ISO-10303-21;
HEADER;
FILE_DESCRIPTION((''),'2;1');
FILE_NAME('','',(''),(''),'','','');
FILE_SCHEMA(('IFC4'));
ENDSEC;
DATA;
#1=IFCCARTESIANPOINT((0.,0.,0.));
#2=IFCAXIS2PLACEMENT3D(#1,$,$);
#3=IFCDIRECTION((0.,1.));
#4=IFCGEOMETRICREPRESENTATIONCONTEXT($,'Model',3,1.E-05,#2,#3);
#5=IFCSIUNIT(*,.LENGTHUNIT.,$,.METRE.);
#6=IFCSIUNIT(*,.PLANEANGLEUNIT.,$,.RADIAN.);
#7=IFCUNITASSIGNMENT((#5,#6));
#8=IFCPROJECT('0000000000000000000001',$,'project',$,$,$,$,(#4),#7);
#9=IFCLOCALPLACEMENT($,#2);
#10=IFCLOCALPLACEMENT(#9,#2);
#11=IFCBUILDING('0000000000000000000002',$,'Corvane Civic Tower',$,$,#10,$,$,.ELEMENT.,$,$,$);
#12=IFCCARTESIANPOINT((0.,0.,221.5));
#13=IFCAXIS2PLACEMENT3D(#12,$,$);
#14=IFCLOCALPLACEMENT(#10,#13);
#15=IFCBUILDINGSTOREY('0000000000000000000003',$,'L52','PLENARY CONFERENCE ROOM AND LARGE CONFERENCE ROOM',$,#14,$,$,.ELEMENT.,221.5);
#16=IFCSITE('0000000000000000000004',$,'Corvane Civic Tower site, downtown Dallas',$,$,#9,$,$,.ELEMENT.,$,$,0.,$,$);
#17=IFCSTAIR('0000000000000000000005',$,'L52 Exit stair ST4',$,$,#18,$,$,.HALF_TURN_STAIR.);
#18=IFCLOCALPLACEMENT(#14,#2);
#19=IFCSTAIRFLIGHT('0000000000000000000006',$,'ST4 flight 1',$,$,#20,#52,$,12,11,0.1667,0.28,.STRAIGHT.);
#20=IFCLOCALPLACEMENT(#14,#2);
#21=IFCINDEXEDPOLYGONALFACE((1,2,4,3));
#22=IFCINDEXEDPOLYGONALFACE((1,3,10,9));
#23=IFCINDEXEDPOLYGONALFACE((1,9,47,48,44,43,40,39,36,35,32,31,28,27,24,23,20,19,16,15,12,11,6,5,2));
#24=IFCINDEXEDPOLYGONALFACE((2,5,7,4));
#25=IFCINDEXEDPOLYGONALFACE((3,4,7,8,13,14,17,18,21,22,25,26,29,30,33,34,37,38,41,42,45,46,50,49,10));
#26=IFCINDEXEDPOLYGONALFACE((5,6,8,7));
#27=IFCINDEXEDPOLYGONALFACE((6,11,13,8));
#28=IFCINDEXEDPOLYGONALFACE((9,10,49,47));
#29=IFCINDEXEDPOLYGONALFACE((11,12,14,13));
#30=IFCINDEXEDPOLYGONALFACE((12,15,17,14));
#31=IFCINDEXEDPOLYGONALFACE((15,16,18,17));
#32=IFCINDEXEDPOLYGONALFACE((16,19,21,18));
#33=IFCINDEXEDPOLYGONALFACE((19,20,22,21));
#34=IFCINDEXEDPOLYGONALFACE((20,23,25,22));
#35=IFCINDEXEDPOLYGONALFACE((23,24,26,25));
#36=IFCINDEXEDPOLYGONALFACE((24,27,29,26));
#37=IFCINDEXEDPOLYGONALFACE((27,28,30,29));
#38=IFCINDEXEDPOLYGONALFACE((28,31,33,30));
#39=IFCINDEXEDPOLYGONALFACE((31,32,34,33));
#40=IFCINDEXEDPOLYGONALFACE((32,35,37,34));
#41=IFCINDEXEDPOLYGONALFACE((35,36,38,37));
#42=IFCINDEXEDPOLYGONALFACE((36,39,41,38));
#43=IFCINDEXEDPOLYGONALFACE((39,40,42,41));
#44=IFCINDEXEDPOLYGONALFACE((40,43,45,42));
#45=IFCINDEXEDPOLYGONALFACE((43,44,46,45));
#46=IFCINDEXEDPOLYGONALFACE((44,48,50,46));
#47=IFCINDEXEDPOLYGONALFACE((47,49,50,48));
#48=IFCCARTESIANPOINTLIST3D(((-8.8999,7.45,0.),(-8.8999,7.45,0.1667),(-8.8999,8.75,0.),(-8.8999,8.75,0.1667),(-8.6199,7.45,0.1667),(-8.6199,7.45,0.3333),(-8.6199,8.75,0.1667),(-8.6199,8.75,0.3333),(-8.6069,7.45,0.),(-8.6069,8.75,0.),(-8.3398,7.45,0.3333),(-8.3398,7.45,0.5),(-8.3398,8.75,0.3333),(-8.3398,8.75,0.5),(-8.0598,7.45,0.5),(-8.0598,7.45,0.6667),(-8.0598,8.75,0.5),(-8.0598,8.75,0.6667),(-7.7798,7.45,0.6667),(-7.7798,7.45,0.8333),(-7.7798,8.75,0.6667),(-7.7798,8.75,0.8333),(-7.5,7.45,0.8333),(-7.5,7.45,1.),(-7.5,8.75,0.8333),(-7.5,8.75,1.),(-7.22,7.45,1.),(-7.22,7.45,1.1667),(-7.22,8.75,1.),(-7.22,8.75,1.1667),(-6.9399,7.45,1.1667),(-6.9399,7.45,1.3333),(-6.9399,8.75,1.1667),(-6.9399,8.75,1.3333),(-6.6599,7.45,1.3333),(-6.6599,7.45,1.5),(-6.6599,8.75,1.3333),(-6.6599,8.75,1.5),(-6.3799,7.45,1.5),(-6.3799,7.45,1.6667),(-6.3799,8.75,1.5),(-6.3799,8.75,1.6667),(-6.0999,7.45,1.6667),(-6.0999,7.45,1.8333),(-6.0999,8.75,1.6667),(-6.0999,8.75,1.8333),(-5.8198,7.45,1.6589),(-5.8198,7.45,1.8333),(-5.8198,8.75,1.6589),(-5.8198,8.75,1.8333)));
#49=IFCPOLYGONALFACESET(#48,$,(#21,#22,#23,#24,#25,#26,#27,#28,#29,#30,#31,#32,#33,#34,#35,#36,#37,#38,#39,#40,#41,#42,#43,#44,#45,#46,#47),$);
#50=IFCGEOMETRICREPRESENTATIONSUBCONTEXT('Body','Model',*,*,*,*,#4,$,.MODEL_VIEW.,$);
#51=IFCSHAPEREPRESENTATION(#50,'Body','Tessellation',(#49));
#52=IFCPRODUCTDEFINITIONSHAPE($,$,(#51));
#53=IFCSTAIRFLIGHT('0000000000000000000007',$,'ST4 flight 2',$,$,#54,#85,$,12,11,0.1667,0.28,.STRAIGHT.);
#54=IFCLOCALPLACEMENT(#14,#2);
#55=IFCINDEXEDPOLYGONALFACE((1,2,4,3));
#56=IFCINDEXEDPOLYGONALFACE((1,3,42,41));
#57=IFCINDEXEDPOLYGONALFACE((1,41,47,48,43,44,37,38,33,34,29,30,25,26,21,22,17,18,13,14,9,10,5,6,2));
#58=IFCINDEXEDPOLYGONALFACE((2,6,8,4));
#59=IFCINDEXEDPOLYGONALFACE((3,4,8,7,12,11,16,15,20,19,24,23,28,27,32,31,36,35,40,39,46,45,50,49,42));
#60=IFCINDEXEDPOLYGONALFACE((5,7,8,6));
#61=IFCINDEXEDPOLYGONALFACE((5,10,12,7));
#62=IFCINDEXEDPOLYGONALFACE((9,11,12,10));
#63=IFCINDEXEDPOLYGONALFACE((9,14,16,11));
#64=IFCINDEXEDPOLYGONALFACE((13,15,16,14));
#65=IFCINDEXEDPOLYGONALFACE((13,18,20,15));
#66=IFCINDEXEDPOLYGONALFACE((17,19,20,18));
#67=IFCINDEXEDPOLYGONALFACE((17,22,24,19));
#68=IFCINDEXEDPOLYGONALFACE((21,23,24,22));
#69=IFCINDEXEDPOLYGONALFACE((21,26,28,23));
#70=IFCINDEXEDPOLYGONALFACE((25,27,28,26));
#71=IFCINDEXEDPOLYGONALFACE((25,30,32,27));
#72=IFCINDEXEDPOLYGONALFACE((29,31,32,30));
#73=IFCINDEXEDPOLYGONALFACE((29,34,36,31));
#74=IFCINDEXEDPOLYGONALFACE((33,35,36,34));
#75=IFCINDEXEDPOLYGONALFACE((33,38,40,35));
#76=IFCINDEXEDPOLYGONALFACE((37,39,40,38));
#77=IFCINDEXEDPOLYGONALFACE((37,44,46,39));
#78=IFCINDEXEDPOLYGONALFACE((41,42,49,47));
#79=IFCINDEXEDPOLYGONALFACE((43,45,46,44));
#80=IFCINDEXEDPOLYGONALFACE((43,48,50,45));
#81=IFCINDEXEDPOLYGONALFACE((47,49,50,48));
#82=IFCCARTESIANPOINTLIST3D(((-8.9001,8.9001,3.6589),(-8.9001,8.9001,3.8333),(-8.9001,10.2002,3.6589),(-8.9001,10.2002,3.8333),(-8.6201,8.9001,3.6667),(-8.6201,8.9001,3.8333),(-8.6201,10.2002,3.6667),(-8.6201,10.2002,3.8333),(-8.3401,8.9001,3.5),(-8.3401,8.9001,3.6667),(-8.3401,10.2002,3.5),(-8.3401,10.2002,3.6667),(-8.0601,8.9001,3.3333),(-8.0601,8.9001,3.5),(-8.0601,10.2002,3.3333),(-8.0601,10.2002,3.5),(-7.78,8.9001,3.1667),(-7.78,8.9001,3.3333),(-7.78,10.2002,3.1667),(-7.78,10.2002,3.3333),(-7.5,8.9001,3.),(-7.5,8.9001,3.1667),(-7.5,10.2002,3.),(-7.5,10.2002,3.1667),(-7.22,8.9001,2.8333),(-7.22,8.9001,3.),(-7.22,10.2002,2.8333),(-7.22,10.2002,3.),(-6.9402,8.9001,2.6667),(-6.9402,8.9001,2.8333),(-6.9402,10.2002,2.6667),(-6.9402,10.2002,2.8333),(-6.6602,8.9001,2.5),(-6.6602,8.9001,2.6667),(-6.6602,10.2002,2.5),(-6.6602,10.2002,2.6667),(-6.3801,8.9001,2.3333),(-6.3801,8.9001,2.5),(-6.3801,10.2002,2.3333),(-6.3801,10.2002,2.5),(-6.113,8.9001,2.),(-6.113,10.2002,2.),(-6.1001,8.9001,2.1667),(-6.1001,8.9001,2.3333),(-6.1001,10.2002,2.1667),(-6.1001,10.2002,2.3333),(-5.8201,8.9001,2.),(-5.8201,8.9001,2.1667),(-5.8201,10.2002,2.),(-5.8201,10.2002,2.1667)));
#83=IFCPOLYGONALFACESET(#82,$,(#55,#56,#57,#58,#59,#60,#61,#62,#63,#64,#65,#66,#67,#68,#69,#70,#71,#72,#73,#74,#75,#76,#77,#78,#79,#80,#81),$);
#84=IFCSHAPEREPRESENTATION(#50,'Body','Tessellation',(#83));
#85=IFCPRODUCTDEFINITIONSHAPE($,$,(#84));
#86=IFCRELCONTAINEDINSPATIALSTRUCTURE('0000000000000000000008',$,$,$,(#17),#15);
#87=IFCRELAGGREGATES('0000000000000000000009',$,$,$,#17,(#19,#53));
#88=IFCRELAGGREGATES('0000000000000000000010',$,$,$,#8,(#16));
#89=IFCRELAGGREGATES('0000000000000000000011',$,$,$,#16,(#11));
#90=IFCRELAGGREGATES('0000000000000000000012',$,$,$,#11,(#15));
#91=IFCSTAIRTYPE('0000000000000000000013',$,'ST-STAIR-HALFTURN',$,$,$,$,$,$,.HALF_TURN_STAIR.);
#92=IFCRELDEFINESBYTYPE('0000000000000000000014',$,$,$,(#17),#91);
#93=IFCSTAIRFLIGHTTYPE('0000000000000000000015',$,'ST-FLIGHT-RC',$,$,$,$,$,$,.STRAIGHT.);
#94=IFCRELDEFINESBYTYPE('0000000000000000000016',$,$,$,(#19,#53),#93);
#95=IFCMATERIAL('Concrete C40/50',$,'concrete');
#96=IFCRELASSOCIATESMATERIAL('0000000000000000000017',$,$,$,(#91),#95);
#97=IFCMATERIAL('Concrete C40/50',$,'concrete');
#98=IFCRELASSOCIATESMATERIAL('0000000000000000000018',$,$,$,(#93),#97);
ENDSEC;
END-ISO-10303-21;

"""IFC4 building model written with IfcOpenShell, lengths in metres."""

from ifc_helpers import new_model, si_unit, direction, frame, origin, place, context, subcontext, project, spatial, polyline, outline, extrude, material, type_object, element, aggregate, save


model = new_model("IFC4")

# Units and contexts
model_context = context("Model", 3, precision=1e-05, world=origin(), true_north=direction((0.0, 1.0)))
body_context = subcontext(model_context, "Body", "Model", "MODEL_VIEW")
ifc_project = project(units=[si_unit("LENGTHUNIT", "METRE"), si_unit("PLANEANGLEUNIT", "RADIAN")], contexts=[model_context])

# Site, building, storey
site_placement = place(None, origin())
site = spatial("IfcSite", under=ifc_project, at=site_placement, Name="Corvane Civic Tower site, downtown Dallas", CompositionType="ELEMENT", RefElevation=0.0)
building_placement = place(site_placement, origin())
building = spatial("IfcBuilding", under=site, at=building_placement, Name="Corvane Civic Tower", CompositionType="ELEMENT")
storey_placement = place(building_placement, frame((0.0, 0.0, 221.5)))
storey = spatial("IfcBuildingStorey", under=building, at=storey_placement, Name="L52", Description="PLENARY CONFERENCE ROOM AND LARGE CONFERENCE ROOM", CompositionType="ELEMENT", Elevation=221.5)

# Stair, stair flights
ifc_material_1 = material(Name="Concrete C40/50", Category="concrete")
stair_type = type_object("IfcStairType", Name="ST-STAIR-HALFTURN", PredefinedType="HALF_TURN_STAIR", material=ifc_material_1)
stair_placement = place(storey_placement, origin())
stair = element("IfcStair", 1, at=stair_placement, inside=storey, type_object=stair_type, Name="L52 Exit stair ST4", PredefinedType="HALF_TURN_STAIR")
ifc_material_2 = material(Name="Concrete C40/50", Category="concrete")
stair_flight_type = type_object("IfcStairFlightType", Name="ST-FLIGHT-RC", PredefinedType="STRAIGHT", material=ifc_material_2)
stair_flight_1_placement = place(storey_placement, frame((-8.8999, 8.1001, 0.0), z_axis=(0.0, 0.0, 1.0), x_axis=(1.0, 0.0, 0.0)))
stair_flight_1 = element("IfcStairFlight", 2, at=stair_flight_1_placement, type_object=stair_flight_type, Name="ST4 flight 1", NumberOfRisers=12, NumberOfTreads=11, PredefinedType="STRAIGHT", RiserHeight=0.1667, TreadLength=0.28, context=body_context, shape_type="SweptSolid", body=[
    extrude(outline(polyline([(0.0, 0.0), (0.0, 0.1667), (0.28, 0.1667), (0.28, 0.3333), (0.5601, 0.3333), (0.5601, 0.5), (0.8401, 0.5), (0.8401, 0.6667), (1.1201, 0.6667), (1.1201, 0.8333), (1.3999, 0.8333), (1.3999, 1.0), (1.6799, 1.0), (1.6799, 1.1667), (1.96, 1.1667), (1.96, 1.3333), (2.24, 1.3333), (2.24, 1.5), (2.52, 1.5), (2.52, 1.6667), (2.8, 1.6667), (2.8, 1.8333), (3.0801, 1.8333), (3.0801, 2.0), (3.0801, 1.6589), (0.293, 0.0), (0.0, 0.0)])), frame((0.0, 0.6499, 0.0), z_axis=(0.0, -1.0, 0.0), x_axis=(1.0, 0.0, 0.0)), (0.0, 0.0, 1.0), 1.3),
])
stair_flight_2_placement = place(storey_placement, frame((-5.8201, 9.55, 2.0), z_axis=(0.0, 0.0, 1.0), x_axis=(-1.0, 0.0, 0.0)))
stair_flight_2 = element("IfcStairFlight", 3, at=stair_flight_2_placement, type_object=stair_flight_type, Name="ST4 flight 2", NumberOfRisers=12, NumberOfTreads=11, PredefinedType="STRAIGHT", RiserHeight=0.1667, TreadLength=0.28, context=body_context, shape_type="SweptSolid", body=[
    extrude(outline(polyline([(0.0, 0.0), (0.0, 0.1667), (0.28, 0.1667), (0.28, 0.3333), (0.5601, 0.3333), (0.5601, 0.5), (0.8401, 0.5), (0.8401, 0.6667), (1.1201, 0.6667), (1.1201, 0.8333), (1.3999, 0.8333), (1.3999, 1.0), (1.6799, 1.0), (1.6799, 1.1667), (1.96, 1.1667), (1.96, 1.3333), (2.24, 1.3333), (2.24, 1.5), (2.52, 1.5), (2.52, 1.6667), (2.8, 1.6667), (2.8, 1.8333), (3.0801, 1.8333), (3.0801, 2.0), (3.0801, 1.6589), (0.293, 0.0), (0.0, 0.0)])), frame((0.0, 0.6499, 0.0), z_axis=(0.0, -1.0, 0.0), x_axis=(1.0, 0.0, 0.0)), (0.0, 0.0, 1.0), 1.3),
])
aggregate(stair, [stair_flight_1, stair_flight_2])

save(model, "model.ifc")
